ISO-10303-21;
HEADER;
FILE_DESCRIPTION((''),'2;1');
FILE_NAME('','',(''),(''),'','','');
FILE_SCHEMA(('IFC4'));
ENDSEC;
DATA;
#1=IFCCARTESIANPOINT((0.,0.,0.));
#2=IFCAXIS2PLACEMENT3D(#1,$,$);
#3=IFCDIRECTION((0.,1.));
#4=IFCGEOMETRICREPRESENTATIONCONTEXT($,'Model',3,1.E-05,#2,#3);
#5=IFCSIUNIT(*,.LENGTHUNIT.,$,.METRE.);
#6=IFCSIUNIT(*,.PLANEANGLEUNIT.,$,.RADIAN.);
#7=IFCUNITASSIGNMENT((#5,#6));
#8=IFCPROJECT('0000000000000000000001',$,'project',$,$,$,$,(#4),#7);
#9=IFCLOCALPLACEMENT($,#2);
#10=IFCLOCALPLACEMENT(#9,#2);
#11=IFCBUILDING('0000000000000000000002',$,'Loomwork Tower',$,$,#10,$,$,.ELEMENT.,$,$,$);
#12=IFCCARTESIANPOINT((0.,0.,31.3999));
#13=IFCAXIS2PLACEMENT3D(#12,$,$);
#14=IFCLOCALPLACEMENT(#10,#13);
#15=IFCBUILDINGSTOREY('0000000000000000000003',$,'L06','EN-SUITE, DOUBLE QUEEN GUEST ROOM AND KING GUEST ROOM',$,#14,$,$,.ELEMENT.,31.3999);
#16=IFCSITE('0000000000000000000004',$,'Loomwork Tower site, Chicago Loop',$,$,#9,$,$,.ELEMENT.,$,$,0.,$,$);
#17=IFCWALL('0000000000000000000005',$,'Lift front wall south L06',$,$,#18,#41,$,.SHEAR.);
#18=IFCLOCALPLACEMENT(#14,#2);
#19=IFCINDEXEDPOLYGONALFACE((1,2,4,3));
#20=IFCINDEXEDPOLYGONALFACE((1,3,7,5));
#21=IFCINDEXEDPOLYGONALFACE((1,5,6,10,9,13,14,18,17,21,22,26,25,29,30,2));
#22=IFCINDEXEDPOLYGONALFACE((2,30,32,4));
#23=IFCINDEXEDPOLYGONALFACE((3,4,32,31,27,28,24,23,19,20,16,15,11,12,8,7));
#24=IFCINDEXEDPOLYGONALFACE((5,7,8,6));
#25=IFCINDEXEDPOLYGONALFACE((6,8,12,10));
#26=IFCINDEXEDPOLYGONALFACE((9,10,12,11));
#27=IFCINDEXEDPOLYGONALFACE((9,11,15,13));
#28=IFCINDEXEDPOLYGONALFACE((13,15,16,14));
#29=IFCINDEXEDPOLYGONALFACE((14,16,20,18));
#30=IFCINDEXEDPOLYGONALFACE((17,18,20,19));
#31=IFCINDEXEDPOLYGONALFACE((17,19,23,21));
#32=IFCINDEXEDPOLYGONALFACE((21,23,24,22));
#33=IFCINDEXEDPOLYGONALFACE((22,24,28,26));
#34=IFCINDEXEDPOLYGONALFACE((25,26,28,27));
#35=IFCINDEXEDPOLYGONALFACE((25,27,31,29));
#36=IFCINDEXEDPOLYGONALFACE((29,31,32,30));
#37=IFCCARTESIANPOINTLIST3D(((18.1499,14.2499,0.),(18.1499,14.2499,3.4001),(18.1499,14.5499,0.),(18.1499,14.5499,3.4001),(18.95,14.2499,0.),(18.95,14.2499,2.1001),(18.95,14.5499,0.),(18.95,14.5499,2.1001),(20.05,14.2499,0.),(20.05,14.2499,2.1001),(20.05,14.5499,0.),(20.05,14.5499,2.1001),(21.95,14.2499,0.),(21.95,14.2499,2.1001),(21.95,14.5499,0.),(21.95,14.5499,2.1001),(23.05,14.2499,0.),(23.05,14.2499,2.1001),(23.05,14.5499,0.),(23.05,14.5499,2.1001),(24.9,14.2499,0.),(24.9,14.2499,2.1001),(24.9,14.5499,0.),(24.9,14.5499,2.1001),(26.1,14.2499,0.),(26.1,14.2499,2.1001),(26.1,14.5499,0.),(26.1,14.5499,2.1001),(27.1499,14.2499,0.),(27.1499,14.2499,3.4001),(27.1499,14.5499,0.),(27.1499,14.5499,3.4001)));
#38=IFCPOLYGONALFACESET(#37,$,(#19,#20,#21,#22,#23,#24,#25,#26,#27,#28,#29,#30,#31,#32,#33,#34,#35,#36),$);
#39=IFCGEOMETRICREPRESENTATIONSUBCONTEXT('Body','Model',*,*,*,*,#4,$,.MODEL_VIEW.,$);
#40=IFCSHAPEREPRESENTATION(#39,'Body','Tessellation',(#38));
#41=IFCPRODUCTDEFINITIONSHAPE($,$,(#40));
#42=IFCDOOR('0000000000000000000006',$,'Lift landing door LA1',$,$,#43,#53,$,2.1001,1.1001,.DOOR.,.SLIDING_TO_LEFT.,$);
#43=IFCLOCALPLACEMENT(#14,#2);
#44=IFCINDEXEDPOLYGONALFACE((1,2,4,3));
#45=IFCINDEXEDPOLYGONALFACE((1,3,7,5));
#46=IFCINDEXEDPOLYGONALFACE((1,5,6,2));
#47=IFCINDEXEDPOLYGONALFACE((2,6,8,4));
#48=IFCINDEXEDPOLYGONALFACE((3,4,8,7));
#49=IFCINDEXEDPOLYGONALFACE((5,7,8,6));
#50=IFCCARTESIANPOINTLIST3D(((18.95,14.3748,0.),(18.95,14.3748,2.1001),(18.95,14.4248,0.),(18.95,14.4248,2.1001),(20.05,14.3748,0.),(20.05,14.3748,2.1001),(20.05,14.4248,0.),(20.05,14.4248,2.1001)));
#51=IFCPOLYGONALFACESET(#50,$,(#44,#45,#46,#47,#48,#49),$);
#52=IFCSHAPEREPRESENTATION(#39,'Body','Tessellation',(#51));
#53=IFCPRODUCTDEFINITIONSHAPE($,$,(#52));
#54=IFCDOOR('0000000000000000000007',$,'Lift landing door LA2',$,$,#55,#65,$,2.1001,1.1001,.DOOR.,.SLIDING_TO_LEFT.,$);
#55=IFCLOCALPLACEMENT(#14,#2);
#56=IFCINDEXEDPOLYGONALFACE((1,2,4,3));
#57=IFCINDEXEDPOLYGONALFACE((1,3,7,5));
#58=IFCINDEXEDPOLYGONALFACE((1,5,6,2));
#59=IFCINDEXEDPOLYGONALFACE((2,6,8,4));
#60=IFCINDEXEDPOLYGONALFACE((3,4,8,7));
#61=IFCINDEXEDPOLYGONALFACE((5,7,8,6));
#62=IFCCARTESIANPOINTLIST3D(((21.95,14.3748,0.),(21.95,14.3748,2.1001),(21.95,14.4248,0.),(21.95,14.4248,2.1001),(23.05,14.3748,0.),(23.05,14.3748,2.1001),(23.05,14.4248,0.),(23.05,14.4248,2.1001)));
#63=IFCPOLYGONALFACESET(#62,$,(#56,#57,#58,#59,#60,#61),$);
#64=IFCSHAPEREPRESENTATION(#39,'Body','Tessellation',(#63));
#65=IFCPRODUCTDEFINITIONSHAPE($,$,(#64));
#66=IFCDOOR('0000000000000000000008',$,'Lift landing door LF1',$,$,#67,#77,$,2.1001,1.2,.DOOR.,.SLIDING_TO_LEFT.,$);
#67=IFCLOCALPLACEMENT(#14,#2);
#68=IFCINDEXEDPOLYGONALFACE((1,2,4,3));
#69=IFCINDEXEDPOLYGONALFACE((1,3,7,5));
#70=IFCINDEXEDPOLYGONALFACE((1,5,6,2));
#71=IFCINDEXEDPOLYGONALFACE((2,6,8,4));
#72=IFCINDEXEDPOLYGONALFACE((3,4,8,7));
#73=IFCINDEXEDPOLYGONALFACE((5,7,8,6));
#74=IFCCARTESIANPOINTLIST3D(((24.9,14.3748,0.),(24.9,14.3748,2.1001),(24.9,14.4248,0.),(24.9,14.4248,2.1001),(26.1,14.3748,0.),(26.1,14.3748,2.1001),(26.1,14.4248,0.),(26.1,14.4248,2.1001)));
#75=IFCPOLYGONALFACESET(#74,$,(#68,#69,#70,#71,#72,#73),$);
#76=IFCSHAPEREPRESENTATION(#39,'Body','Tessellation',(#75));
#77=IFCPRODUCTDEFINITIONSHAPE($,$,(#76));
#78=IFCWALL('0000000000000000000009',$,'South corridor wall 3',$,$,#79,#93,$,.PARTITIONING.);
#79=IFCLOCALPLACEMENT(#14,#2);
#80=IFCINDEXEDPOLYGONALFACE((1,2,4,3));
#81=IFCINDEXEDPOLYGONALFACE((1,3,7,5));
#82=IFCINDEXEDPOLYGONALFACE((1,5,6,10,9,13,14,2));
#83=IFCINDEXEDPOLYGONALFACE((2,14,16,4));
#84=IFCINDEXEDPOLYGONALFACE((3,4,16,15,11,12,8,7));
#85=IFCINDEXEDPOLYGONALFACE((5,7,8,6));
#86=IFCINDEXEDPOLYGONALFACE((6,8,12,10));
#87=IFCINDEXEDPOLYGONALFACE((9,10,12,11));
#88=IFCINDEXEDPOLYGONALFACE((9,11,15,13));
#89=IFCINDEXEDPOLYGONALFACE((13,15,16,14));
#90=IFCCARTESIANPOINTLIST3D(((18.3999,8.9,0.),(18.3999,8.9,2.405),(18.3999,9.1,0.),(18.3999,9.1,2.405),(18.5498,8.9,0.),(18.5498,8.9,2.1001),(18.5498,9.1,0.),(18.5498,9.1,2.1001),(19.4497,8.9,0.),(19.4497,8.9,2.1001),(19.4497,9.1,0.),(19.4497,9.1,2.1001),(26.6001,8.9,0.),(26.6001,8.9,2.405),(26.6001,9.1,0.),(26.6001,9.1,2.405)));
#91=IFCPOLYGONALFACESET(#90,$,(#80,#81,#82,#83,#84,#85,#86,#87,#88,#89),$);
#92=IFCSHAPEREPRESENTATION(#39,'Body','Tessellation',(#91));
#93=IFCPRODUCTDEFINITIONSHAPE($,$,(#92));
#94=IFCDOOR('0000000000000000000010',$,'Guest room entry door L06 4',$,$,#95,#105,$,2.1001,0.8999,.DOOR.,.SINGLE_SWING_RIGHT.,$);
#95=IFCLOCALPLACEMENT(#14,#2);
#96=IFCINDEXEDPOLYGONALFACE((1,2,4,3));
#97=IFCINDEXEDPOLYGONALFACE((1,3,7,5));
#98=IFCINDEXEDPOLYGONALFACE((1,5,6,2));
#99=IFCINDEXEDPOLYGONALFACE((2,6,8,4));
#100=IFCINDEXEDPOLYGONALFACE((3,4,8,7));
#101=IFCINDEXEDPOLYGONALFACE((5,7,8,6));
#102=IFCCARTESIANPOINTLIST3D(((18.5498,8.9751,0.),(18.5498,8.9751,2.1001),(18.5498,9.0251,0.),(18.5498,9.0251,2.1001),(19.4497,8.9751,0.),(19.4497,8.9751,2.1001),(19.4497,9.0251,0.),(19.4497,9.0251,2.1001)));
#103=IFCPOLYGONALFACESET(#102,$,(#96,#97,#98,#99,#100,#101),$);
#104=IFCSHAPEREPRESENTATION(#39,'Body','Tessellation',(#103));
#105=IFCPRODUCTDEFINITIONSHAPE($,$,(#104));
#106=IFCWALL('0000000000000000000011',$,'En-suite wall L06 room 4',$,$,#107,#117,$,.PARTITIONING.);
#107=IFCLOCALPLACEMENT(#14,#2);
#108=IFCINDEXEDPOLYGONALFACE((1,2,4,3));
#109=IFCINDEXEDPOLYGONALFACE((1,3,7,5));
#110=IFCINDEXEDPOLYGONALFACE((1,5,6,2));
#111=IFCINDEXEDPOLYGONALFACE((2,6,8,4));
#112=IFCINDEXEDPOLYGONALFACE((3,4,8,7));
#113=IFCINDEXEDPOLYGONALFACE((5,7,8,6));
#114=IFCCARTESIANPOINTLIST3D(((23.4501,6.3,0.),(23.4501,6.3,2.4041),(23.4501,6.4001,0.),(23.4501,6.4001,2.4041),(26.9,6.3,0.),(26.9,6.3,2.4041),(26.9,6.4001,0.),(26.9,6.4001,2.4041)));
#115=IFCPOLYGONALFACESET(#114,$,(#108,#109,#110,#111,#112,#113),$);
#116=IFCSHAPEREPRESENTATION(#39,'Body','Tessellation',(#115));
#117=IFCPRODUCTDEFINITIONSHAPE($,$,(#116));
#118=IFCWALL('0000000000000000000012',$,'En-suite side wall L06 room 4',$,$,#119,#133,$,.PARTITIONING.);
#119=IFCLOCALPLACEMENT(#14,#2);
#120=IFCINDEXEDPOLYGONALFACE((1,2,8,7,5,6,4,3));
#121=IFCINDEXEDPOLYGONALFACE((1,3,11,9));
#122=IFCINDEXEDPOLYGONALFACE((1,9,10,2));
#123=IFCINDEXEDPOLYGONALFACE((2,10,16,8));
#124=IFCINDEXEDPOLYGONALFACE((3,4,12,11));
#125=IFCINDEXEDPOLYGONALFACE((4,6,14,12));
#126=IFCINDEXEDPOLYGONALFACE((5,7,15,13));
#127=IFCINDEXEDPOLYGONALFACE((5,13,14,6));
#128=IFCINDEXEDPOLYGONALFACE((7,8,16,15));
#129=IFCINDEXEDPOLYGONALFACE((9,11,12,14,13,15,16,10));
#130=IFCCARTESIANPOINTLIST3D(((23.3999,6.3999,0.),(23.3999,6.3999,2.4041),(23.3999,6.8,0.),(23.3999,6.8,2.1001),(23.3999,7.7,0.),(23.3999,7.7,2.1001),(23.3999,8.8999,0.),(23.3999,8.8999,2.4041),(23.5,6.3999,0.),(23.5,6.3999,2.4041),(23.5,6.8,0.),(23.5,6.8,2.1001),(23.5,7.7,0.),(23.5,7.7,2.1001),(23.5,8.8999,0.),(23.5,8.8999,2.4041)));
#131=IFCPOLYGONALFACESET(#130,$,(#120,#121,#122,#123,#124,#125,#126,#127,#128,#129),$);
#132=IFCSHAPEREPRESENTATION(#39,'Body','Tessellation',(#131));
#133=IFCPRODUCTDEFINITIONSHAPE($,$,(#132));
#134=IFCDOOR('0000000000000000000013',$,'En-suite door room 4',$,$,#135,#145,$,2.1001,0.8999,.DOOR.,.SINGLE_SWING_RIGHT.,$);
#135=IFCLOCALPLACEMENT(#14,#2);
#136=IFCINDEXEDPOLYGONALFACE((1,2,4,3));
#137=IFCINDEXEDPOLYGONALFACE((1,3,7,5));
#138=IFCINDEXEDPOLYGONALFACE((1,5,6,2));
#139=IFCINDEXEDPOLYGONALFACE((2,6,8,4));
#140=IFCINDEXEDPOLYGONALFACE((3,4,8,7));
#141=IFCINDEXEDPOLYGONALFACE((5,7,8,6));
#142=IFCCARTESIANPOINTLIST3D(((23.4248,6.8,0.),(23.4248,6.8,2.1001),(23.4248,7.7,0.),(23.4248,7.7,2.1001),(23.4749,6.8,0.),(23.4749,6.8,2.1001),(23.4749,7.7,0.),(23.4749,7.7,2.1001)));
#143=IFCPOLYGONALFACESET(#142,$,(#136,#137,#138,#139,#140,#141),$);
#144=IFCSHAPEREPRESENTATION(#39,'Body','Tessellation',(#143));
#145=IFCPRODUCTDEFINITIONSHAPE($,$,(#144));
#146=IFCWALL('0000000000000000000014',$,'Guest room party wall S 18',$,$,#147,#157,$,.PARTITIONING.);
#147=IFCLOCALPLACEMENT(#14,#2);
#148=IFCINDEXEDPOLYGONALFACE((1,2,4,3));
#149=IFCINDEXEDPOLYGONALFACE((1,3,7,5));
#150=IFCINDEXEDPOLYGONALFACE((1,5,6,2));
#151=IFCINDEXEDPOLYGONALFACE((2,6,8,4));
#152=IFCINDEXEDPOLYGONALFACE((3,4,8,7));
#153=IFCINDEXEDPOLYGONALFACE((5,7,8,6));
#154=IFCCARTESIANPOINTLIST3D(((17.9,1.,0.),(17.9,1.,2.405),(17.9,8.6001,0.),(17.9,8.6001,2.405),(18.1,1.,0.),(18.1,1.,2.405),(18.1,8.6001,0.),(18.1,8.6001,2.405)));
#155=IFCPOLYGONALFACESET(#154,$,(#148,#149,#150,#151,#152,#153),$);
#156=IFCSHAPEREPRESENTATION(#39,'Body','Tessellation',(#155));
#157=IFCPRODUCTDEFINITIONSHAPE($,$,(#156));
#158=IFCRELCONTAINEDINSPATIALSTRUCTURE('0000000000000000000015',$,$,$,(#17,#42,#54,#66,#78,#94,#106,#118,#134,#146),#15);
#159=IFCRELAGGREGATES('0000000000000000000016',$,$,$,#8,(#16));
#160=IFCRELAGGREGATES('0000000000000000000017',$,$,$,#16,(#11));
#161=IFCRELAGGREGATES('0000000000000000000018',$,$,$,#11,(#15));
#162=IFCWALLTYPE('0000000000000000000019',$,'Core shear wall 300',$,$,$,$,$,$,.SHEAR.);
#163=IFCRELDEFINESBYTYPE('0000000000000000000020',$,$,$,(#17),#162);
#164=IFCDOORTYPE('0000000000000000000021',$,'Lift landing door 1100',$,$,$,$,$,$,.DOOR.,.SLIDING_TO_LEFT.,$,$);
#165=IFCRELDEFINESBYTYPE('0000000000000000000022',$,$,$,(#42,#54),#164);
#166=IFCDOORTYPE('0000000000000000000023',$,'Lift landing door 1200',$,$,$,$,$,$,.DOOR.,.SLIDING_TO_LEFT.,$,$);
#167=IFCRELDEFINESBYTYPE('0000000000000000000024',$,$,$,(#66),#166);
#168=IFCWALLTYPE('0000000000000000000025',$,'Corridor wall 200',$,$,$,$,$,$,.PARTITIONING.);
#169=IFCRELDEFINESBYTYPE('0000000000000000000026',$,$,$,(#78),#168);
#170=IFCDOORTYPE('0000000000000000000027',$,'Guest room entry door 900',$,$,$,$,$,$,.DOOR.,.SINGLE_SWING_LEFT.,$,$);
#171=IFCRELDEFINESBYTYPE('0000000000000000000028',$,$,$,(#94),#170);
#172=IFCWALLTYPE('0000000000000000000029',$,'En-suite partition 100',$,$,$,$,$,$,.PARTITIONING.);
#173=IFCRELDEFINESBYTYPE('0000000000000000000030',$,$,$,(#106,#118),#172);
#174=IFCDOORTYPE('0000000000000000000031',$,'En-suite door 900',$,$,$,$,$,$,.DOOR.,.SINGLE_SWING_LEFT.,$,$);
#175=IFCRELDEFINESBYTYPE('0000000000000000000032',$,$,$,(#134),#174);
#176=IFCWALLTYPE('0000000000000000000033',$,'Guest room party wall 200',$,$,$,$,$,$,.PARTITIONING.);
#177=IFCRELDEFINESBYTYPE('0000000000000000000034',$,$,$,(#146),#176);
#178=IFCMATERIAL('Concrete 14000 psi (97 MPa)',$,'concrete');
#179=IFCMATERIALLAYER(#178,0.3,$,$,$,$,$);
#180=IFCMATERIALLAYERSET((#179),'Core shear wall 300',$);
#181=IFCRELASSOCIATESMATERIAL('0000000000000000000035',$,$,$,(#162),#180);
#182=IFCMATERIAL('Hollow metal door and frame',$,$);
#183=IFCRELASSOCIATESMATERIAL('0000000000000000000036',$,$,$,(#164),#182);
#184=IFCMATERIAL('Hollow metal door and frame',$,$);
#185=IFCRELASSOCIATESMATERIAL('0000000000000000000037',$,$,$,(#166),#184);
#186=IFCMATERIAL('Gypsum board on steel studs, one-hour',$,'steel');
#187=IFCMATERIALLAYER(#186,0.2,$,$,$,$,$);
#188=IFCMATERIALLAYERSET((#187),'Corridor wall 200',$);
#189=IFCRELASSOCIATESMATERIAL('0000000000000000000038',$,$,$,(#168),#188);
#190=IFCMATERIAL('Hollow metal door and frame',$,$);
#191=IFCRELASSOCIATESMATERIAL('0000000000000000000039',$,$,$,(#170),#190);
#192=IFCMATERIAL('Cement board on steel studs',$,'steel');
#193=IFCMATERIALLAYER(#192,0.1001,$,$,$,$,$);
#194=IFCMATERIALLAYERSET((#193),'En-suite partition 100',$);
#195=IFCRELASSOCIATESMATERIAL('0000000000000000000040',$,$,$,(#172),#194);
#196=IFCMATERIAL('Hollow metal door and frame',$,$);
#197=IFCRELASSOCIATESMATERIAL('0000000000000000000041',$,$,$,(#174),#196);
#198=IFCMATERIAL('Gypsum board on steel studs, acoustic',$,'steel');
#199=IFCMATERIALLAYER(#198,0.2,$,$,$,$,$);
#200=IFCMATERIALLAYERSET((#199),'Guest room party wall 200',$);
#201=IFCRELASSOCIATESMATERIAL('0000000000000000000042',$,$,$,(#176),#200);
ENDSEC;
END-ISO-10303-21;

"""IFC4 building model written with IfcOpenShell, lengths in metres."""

from ifc_helpers import new_model, si_unit, direction, frame, frame_2d, origin, place, context, subcontext, project, spatial, rectangle, extrude, material, layer, layer_set, type_object, element, fill, save


model = new_model("IFC4")

# Units and contexts
model_context = context("Model", 3, precision=1e-05, world=origin(), true_north=direction((0.0, 1.0)))
body_context = subcontext(model_context, "Body", "Model", "MODEL_VIEW")
ifc_project = project(units=[si_unit("LENGTHUNIT", "METRE"), si_unit("PLANEANGLEUNIT", "RADIAN")], contexts=[model_context])

# Site, building, storey
site_placement = place(None, origin())
site = spatial("IfcSite", under=ifc_project, at=site_placement, Name="Loomwork Tower site, Chicago Loop", CompositionType="ELEMENT", RefElevation=0.0)
building_placement = place(site_placement, origin())
building = spatial("IfcBuilding", under=site, at=building_placement, Name="Loomwork Tower", CompositionType="ELEMENT")
storey_placement = place(building_placement, frame((0.0, 0.0, 31.3999)))
storey = spatial("IfcBuildingStorey", under=building, at=storey_placement, Name="L06", Description="EN-SUITE, DOUBLE QUEEN GUEST ROOM AND KING GUEST ROOM", CompositionType="ELEMENT", Elevation=31.3999)

# Wall, openings, doors
ifc_material_1 = material(Name="Concrete 14000 psi (97 MPa)", Category="concrete")
ifc_layer_1 = layer(ifc_material_1, 0.3)
ifc_layer_set_1 = layer_set([ifc_layer_1], Name="Core shear wall 300")
wall_type_1 = type_object("IfcWallType", Name="Core shear wall 300", PredefinedType="SHEAR", material=ifc_layer_set_1)
wall_1_placement = place(storey_placement, frame((18.1499, 14.3999, 0.0), z_axis=(0.0, 0.0, 1.0), x_axis=(1.0, 0.0, 0.0)))
wall_1 = element("IfcWall", 1, at=wall_1_placement, inside=storey, type_object=wall_type_1, Name="Lift front wall south L06", PredefinedType="SHEAR", context=body_context, shape_type="SweptSolid", body=[
    extrude(rectangle(XDim=9.0, YDim=0.3, at=frame_2d((4.5, 0.0))), origin(), (0.0, 0.0, 1.0), 3.4001),
])
opening_1_placement = place(wall_1_placement, frame((0.8, 0.0, 0.0)))
opening_1 = element("IfcOpeningElement", 2, at=opening_1_placement, cuts=wall_1, PredefinedType="OPENING", context=body_context, shape_type="SweptSolid", body=[
    extrude(rectangle(XDim=1.1001, YDim=2.1001, at=frame_2d((0.55, 1.05))), frame((0.0, 0.1599, 0.0), z_axis=(0.0, -1.0, 0.0), x_axis=(1.0, 0.0, 0.0)), (0.0, 0.0, 1.0), 0.3201),
])
opening_2_placement = place(wall_1_placement, frame((3.8, 0.0, 0.0)))
opening_2 = element("IfcOpeningElement", 3, at=opening_2_placement, cuts=wall_1, PredefinedType="OPENING", context=body_context, shape_type="SweptSolid", body=[
    extrude(rectangle(XDim=1.1001, YDim=2.1001, at=frame_2d((0.55, 1.05))), frame((0.0, 0.1599, 0.0), z_axis=(0.0, -1.0, 0.0), x_axis=(1.0, 0.0, 0.0)), (0.0, 0.0, 1.0), 0.3201),
])
opening_3_placement = place(wall_1_placement, frame((6.75, 0.0, 0.0)))
opening_3 = element("IfcOpeningElement", 4, at=opening_3_placement, cuts=wall_1, PredefinedType="OPENING", context=body_context, shape_type="SweptSolid", body=[
    extrude(rectangle(XDim=1.2, YDim=2.1001, at=frame_2d((0.6001, 1.05))), frame((0.0, 0.1599, 0.0), z_axis=(0.0, -1.0, 0.0), x_axis=(1.0, 0.0, 0.0)), (0.0, 0.0, 1.0), 0.3201),
])
ifc_material_2 = material(Name="Hollow metal door and frame")
door_type_1 = type_object("IfcDoorType", Name="Lift landing door 1100", OperationType="SLIDING_TO_LEFT", PredefinedType="DOOR", material=ifc_material_2)
door_1_placement = place(opening_1_placement, origin())
door_1 = element("IfcDoor", 5, at=door_1_placement, inside=storey, type_object=door_type_1, Name="Lift landing door LA1", OperationType="SLIDING_TO_LEFT", OverallHeight=2.1001, OverallWidth=1.1001, PredefinedType="DOOR", context=body_context, shape_type="SweptSolid", body=[
    extrude(rectangle(XDim=1.1001, YDim=2.1001, at=frame_2d((0.55, 1.05))), frame((0.0, 0.0249, 0.0), z_axis=(0.0, -1.0, 0.0), x_axis=(1.0, 0.0, 0.0)), (0.0, 0.0, 1.0), 0.05),
])
fill(opening_1, door_1)
door_2_placement = place(opening_2_placement, origin())
door_2 = element("IfcDoor", 6, at=door_2_placement, inside=storey, type_object=door_type_1, Name="Lift landing door LA2", OperationType="SLIDING_TO_LEFT", OverallHeight=2.1001, OverallWidth=1.1001, PredefinedType="DOOR", context=body_context, shape_type="SweptSolid", body=[
    extrude(rectangle(XDim=1.1001, YDim=2.1001, at=frame_2d((0.55, 1.05))), frame((0.0, 0.0249, 0.0), z_axis=(0.0, -1.0, 0.0), x_axis=(1.0, 0.0, 0.0)), (0.0, 0.0, 1.0), 0.05),
])
fill(opening_2, door_2)
ifc_material_3 = material(Name="Hollow metal door and frame")
door_type_2 = type_object("IfcDoorType", Name="Lift landing door 1200", OperationType="SLIDING_TO_LEFT", PredefinedType="DOOR", material=ifc_material_3)
door_3_placement = place(opening_3_placement, origin())
door_3 = element("IfcDoor", 7, at=door_3_placement, inside=storey, type_object=door_type_2, Name="Lift landing door LF1", OperationType="SLIDING_TO_LEFT", OverallHeight=2.1001, OverallWidth=1.2, PredefinedType="DOOR", context=body_context, shape_type="SweptSolid", body=[
    extrude(rectangle(XDim=1.2, YDim=2.1001, at=frame_2d((0.6001, 1.05))), frame((0.0, 0.0249, 0.0), z_axis=(0.0, -1.0, 0.0), x_axis=(1.0, 0.0, 0.0)), (0.0, 0.0, 1.0), 0.05),
])
fill(opening_3, door_3)

# Wall, opening, door
ifc_material_4 = material(Name="Gypsum board on steel studs, one-hour", Category="steel")
ifc_layer_2 = layer(ifc_material_4, 0.2)
ifc_layer_set_2 = layer_set([ifc_layer_2], Name="Corridor wall 200")
wall_type_2 = type_object("IfcWallType", Name="Corridor wall 200", PredefinedType="PARTITIONING", material=ifc_layer_set_2)
wall_2_placement = place(storey_placement, frame((18.3999, 9.0, 0.0), z_axis=(0.0, 0.0, 1.0), x_axis=(1.0, 0.0, 0.0)))
wall_2 = element("IfcWall", 8, at=wall_2_placement, inside=storey, type_object=wall_type_2, Name="South corridor wall 3", PredefinedType="PARTITIONING", context=body_context, shape_type="SweptSolid", body=[
    extrude(rectangle(XDim=8.2002, YDim=0.2, at=frame_2d((4.1001, 0.0))), origin(), (0.0, 0.0, 1.0), 2.405),
])
opening_4_placement = place(wall_2_placement, frame((0.1499, 0.0, 0.0)))
opening_4 = element("IfcOpeningElement", 9, at=opening_4_placement, cuts=wall_2, PredefinedType="OPENING", context=body_context, shape_type="SweptSolid", body=[
    extrude(rectangle(XDim=0.8999, YDim=2.1001, at=frame_2d((0.45, 1.05))), frame((0.0, 0.1099, 0.0), z_axis=(0.0, -1.0, 0.0), x_axis=(1.0, 0.0, 0.0)), (0.0, 0.0, 1.0), 0.22),
])
ifc_material_5 = material(Name="Hollow metal door and frame")
door_type_3 = type_object("IfcDoorType", Name="Guest room entry door 900", OperationType="SINGLE_SWING_LEFT", PredefinedType="DOOR", material=ifc_material_5)
door_4_placement = place(opening_4_placement, frame((0.8999, 0.0, 0.0), z_axis=(0.0, 0.0, 1.0), x_axis=(-1.0, 0.0, 0.0)))
door_4 = element("IfcDoor", 10, at=door_4_placement, inside=storey, type_object=door_type_3, Name="Guest room entry door L06 4", OperationType="SINGLE_SWING_RIGHT", OverallHeight=2.1001, OverallWidth=0.8999, PredefinedType="DOOR", context=body_context, shape_type="SweptSolid", body=[
    extrude(rectangle(XDim=0.8999, YDim=2.1001, at=frame_2d((0.45, 1.05))), frame((0.0, 0.0249, 0.0), z_axis=(0.0, -1.0, 0.0), x_axis=(1.0, 0.0, 0.0)), (0.0, 0.0, 1.0), 0.05),
])
fill(opening_4, door_4)

# Wall
ifc_material_6 = material(Name="Cement board on steel studs", Category="steel")
ifc_layer_3 = layer(ifc_material_6, 0.1001)
ifc_layer_set_3 = layer_set([ifc_layer_3], Name="En-suite partition 100")
wall_type_3 = type_object("IfcWallType", Name="En-suite partition 100", PredefinedType="PARTITIONING", material=ifc_layer_set_3)
wall_3_placement = place(storey_placement, frame((23.45, 6.3501, 0.0), z_axis=(0.0, 0.0, 1.0), x_axis=(1.0, 0.0, 0.0)))
element("IfcWall", 11, at=wall_3_placement, inside=storey, type_object=wall_type_3, Name="En-suite wall L06 room 4", PredefinedType="PARTITIONING", context=body_context, shape_type="SweptSolid", body=[
    extrude(rectangle(XDim=3.45, YDim=0.1001, at=frame_2d((1.7251, 0.0))), origin(), (0.0, 0.0, 1.0), 2.4041),
])

# Wall, opening, door
wall_4_placement = place(storey_placement, frame((23.45, 8.8999, 0.0), z_axis=(0.0, 0.0, 1.0), x_axis=(0.0, -1.0, 0.0)))
wall_4 = element("IfcWall", 12, at=wall_4_placement, inside=storey, type_object=wall_type_3, Name="En-suite side wall L06 room 4", PredefinedType="PARTITIONING", context=body_context, shape_type="SweptSolid", body=[
    extrude(rectangle(XDim=2.5, YDim=0.1001, at=frame_2d((1.25, 0.0))), origin(), (0.0, 0.0, 1.0), 2.4041),
])
opening_5_placement = place(wall_4_placement, frame((1.2, 0.0, 0.0)))
opening_5 = element("IfcOpeningElement", 13, at=opening_5_placement, cuts=wall_4, PredefinedType="OPENING", context=body_context, shape_type="SweptSolid", body=[
    extrude(rectangle(XDim=0.8999, YDim=2.1001, at=frame_2d((0.45, 1.05))), frame((0.0, 0.0601, 0.0), z_axis=(0.0, -1.0, 0.0), x_axis=(1.0, 0.0, 0.0)), (0.0, 0.0, 1.0), 0.1201),
])
ifc_material_7 = material(Name="Hollow metal door and frame")
door_type_4 = type_object("IfcDoorType", Name="En-suite door 900", OperationType="SINGLE_SWING_LEFT", PredefinedType="DOOR", material=ifc_material_7)
door_5_placement = place(opening_5_placement, origin())
door_5 = element("IfcDoor", 14, at=door_5_placement, inside=storey, type_object=door_type_4, Name="En-suite door room 4", OperationType="SINGLE_SWING_RIGHT", OverallHeight=2.1001, OverallWidth=0.8999, PredefinedType="DOOR", context=body_context, shape_type="SweptSolid", body=[
    extrude(rectangle(XDim=0.8999, YDim=2.1001, at=frame_2d((0.45, 1.05))), frame((0.0, 0.0249, 0.0), z_axis=(0.0, -1.0, 0.0), x_axis=(1.0, 0.0, 0.0)), (0.0, 0.0, 1.0), 0.05),
])
fill(opening_5, door_5)

# Wall
ifc_material_8 = material(Name="Gypsum board on steel studs, acoustic", Category="steel")
ifc_layer_4 = layer(ifc_material_8, 0.2)
ifc_layer_set_4 = layer_set([ifc_layer_4], Name="Guest room party wall 200")
wall_type_4 = type_object("IfcWallType", Name="Guest room party wall 200", PredefinedType="PARTITIONING", material=ifc_layer_set_4)
wall_5_placement = place(storey_placement, frame((18.0, 8.6001, 0.0), z_axis=(0.0, 0.0, 1.0), x_axis=(0.0, -1.0, 0.0)))
element("IfcWall", 15, at=wall_5_placement, inside=storey, type_object=wall_type_4, Name="Guest room party wall S 18", PredefinedType="PARTITIONING", context=body_context, shape_type="SweptSolid", body=[
    extrude(rectangle(XDim=7.6001, YDim=0.2, at=frame_2d((3.8, 0.0))), origin(), (0.0, 0.0, 1.0), 2.405),
])

save(model, "model.ifc")
